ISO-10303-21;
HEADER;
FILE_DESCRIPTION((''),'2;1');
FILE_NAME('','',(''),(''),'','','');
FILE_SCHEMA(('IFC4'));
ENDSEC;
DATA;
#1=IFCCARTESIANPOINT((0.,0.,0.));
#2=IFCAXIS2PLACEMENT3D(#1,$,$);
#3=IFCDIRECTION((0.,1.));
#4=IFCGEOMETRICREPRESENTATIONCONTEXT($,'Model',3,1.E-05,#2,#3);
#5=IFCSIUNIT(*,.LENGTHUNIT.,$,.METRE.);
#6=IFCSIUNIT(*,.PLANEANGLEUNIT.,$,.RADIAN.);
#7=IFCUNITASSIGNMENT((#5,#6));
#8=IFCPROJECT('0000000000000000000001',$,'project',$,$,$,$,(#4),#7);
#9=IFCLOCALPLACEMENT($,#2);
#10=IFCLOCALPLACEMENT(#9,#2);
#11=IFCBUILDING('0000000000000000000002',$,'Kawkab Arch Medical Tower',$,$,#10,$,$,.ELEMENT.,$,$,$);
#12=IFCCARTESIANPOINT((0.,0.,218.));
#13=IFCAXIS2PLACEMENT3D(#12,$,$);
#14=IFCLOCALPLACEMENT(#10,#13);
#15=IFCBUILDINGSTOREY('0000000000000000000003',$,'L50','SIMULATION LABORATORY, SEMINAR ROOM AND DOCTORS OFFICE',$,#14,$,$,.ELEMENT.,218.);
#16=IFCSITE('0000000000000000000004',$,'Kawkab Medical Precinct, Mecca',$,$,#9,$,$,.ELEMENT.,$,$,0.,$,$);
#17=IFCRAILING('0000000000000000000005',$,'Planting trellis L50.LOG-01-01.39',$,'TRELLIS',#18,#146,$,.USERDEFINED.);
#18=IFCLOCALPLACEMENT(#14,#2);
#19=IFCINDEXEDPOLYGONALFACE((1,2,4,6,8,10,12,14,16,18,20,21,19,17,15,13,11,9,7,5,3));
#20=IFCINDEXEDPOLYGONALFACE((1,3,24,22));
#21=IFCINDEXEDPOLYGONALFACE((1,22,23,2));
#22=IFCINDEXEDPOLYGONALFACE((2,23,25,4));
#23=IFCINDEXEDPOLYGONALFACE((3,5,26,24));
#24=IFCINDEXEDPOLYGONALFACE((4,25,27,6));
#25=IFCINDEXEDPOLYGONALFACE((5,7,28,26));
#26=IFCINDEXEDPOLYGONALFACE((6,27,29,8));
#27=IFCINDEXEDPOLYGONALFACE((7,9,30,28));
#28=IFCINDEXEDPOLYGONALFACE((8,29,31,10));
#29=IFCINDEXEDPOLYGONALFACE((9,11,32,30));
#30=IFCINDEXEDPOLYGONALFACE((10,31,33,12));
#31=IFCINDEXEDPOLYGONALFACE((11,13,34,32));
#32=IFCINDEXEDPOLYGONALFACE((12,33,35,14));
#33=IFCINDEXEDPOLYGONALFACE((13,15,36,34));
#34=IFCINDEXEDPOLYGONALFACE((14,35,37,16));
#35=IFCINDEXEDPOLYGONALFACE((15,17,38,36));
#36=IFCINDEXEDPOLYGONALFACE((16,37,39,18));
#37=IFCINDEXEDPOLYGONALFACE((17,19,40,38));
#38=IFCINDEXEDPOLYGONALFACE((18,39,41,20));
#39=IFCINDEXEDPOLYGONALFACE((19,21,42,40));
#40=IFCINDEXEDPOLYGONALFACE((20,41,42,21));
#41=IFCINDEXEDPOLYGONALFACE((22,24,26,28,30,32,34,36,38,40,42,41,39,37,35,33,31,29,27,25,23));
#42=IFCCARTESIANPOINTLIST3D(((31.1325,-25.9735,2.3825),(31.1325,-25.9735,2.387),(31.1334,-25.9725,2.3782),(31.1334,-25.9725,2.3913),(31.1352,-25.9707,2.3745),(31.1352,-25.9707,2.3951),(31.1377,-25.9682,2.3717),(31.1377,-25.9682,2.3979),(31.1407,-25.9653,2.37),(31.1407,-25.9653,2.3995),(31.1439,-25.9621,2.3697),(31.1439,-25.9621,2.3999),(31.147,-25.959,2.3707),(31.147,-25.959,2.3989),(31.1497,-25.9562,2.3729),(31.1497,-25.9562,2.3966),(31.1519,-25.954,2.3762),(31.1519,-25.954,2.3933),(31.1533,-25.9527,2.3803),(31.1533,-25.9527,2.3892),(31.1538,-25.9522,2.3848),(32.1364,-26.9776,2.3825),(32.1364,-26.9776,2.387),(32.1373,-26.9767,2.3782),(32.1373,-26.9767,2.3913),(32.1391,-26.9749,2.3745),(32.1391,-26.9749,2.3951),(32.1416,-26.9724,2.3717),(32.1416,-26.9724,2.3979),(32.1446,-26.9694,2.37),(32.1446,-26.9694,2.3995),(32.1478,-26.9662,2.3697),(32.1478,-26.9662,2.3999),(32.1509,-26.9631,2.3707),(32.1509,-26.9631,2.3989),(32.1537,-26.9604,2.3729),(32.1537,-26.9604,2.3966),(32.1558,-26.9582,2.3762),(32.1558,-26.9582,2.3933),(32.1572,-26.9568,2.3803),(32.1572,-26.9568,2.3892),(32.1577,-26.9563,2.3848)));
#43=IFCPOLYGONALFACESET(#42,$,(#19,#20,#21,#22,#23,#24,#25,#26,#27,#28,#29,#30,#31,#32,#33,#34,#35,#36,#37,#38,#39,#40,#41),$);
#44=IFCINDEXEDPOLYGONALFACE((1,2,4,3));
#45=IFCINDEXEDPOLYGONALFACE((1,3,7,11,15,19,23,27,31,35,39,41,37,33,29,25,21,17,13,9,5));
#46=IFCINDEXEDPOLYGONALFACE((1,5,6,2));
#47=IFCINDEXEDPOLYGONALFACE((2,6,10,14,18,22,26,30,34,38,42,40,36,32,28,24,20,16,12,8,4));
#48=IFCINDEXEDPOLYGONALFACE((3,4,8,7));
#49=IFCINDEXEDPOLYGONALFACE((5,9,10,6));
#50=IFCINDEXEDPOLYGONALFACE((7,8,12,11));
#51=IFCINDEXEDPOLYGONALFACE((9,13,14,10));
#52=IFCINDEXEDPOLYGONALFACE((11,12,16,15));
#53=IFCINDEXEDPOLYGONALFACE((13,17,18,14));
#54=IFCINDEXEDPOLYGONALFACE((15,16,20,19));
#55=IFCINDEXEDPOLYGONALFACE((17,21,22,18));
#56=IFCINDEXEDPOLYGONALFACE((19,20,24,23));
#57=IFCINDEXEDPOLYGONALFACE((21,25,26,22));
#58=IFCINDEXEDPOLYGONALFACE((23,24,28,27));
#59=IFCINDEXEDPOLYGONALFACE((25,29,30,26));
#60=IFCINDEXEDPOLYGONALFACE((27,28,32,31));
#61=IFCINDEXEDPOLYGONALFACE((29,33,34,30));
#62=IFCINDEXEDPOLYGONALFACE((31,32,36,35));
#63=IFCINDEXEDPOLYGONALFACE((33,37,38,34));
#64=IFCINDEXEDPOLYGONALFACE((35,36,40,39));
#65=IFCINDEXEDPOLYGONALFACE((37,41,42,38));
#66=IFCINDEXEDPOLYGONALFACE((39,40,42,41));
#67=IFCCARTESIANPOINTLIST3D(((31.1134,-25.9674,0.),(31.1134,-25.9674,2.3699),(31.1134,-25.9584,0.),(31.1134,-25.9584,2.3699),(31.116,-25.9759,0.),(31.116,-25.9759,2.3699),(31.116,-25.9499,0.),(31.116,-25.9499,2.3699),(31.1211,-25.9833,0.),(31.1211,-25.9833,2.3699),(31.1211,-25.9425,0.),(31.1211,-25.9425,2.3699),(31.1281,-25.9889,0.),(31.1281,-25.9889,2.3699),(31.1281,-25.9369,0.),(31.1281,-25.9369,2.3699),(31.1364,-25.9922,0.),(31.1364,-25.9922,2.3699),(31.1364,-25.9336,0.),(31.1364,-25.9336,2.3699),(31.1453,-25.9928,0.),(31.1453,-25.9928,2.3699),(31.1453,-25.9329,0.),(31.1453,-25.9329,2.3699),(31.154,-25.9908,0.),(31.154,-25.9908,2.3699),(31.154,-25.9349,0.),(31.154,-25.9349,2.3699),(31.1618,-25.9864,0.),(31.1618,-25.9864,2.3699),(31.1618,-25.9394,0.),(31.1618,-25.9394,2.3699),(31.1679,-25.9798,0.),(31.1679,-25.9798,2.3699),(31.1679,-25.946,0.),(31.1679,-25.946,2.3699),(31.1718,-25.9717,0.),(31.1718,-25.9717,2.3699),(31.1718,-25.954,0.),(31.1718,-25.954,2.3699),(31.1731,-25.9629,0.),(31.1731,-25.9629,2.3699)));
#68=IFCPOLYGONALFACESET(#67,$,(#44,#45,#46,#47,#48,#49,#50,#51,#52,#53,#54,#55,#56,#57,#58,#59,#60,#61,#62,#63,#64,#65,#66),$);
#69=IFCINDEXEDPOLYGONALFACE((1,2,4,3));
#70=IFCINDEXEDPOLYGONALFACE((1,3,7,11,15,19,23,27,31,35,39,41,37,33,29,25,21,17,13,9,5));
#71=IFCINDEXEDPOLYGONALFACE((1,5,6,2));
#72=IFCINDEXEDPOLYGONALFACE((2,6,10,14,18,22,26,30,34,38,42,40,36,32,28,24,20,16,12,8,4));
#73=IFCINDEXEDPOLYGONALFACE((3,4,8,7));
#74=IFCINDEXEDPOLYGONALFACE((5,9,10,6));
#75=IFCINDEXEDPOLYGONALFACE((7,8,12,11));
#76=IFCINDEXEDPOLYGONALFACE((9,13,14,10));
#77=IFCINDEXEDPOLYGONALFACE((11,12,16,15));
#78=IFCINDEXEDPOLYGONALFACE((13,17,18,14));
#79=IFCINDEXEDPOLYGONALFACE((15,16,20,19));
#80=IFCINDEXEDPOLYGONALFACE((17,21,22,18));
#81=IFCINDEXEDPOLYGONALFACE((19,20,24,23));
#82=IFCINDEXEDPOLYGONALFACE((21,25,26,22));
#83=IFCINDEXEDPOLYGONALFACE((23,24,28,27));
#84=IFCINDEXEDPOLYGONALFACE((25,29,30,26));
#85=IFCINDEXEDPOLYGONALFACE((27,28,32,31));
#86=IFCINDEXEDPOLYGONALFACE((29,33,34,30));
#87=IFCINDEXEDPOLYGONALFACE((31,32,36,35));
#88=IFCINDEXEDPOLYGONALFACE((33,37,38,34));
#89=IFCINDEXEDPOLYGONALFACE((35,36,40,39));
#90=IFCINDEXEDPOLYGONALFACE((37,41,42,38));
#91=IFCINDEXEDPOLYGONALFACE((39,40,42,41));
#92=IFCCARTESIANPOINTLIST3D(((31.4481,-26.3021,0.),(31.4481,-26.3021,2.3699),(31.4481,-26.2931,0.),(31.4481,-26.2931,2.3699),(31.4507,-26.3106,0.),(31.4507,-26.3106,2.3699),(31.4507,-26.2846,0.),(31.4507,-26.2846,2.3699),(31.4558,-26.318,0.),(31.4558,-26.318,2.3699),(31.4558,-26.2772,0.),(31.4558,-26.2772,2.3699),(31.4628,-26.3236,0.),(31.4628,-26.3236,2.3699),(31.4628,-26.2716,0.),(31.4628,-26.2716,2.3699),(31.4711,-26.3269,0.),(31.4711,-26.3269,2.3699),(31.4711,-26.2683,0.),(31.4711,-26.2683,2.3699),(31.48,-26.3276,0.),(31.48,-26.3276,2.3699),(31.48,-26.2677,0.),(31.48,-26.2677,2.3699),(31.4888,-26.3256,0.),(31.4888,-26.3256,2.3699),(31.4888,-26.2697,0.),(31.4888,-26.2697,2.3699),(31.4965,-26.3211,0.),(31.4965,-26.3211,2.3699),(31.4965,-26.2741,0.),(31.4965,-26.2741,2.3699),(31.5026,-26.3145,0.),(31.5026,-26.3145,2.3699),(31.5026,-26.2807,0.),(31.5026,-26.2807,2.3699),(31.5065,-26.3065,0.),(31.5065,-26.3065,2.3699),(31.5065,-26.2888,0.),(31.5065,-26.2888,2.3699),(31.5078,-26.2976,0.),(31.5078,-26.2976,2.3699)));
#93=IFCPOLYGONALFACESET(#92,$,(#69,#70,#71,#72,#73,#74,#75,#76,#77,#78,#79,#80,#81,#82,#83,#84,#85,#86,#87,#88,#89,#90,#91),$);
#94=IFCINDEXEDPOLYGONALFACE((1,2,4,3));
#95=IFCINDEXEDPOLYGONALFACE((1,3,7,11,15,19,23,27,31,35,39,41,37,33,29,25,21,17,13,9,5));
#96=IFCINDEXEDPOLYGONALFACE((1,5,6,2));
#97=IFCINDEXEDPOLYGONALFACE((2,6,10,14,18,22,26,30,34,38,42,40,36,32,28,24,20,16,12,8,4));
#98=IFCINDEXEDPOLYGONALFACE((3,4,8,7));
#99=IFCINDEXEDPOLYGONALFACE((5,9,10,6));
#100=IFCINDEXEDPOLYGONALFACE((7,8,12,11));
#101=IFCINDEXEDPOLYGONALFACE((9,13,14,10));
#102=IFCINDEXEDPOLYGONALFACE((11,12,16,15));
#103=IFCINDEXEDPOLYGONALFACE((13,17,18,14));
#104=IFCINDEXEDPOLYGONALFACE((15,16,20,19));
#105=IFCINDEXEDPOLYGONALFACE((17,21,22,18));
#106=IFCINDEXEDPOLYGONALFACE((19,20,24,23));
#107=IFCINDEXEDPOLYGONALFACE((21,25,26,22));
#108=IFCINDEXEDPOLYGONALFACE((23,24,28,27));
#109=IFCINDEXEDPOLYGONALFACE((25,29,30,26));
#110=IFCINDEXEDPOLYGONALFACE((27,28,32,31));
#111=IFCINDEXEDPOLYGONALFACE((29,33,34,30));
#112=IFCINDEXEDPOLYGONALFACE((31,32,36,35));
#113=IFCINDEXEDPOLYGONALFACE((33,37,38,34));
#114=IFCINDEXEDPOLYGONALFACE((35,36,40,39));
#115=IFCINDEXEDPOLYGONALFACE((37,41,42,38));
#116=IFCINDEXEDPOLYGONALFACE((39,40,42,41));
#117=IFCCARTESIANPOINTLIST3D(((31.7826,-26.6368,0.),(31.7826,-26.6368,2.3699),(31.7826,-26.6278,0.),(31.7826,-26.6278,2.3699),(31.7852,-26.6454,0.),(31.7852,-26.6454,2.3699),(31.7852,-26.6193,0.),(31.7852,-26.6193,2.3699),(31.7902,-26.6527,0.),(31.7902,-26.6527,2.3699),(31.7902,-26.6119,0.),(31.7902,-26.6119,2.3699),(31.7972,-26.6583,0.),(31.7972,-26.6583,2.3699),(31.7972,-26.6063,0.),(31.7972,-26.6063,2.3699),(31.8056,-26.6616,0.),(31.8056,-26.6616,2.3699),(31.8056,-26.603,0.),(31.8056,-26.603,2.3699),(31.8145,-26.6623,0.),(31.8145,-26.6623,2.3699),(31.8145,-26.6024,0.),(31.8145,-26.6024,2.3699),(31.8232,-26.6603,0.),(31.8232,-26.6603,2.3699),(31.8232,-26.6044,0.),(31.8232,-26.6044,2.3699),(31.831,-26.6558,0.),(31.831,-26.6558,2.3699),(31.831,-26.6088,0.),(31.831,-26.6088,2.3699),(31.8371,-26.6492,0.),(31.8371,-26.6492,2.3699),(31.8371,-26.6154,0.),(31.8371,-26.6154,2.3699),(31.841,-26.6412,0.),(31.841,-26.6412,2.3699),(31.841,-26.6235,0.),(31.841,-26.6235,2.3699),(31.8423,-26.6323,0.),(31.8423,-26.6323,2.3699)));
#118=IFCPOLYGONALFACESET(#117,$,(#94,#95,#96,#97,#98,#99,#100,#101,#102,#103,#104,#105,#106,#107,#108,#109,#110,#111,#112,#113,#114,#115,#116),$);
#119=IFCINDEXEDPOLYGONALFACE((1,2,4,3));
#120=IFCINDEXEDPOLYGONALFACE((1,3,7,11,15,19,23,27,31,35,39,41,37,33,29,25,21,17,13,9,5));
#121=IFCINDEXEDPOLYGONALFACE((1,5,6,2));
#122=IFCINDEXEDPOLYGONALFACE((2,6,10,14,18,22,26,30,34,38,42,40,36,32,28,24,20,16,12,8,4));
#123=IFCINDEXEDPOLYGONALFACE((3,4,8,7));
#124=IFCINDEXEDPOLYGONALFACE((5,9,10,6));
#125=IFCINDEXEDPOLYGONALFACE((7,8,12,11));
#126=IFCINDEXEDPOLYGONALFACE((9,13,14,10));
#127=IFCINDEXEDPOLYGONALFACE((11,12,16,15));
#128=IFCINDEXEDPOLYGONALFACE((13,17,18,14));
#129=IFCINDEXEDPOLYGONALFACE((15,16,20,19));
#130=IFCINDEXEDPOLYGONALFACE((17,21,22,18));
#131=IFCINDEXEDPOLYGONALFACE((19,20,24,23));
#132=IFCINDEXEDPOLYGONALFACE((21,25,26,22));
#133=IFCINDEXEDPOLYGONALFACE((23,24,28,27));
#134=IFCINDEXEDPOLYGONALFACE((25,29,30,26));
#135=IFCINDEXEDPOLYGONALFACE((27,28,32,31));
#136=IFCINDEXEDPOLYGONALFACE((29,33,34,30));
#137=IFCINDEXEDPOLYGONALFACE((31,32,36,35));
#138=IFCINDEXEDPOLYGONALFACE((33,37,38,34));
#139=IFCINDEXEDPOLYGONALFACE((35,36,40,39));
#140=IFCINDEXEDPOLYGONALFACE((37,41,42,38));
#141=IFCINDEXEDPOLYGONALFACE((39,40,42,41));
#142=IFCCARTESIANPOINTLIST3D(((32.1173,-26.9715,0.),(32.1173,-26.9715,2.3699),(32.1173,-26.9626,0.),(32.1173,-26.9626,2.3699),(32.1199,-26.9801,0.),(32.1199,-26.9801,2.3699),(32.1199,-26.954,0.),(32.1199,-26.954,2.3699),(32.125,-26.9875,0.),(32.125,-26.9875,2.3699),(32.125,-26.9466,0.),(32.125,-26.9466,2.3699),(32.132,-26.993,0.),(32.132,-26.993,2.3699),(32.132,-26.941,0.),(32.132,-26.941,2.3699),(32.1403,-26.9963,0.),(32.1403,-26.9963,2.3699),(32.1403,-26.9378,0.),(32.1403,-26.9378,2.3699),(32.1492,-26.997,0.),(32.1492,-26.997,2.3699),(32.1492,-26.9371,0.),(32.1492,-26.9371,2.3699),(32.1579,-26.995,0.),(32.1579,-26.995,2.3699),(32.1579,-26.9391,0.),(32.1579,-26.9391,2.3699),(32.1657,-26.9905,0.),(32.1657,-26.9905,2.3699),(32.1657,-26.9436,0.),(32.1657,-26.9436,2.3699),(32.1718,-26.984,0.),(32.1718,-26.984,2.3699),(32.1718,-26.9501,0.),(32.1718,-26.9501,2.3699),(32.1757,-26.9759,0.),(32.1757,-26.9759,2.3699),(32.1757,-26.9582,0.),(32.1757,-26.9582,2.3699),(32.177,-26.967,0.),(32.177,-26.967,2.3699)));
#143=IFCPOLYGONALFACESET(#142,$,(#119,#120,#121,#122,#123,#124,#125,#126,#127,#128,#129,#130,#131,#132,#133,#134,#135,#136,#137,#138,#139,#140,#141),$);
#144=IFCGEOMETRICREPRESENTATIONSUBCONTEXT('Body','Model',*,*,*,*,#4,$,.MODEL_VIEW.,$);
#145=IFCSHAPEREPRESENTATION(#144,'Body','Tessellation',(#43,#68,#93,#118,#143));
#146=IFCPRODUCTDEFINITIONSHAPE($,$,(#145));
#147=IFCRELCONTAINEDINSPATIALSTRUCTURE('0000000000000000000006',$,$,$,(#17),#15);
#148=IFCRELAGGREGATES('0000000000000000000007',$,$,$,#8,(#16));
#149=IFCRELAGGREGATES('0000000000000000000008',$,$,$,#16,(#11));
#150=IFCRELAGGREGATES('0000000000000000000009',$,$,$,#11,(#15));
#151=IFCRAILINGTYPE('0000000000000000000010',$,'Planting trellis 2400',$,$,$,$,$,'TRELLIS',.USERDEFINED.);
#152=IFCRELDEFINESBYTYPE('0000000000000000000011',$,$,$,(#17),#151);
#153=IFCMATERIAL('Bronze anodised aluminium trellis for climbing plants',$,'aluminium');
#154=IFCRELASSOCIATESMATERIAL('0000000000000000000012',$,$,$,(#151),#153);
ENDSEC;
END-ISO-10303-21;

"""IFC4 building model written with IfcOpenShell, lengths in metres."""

from ifc_helpers import new_model, si_unit, direction, frame, origin, origin_2d, place, context, subcontext, project, spatial, circle, extrude, material, type_object, element, save


model = new_model("IFC4")

# Units and contexts
model_context = context("Model", 3, precision=1e-05, world=origin(), true_north=direction((0.0, 1.0)))
body_context = subcontext(model_context, "Body", "Model", "MODEL_VIEW")
ifc_project = project(units=[si_unit("LENGTHUNIT", "METRE"), si_unit("PLANEANGLEUNIT", "RADIAN")], contexts=[model_context])

# Site, building, storey
site_placement = place(None, origin())
site = spatial("IfcSite", under=ifc_project, at=site_placement, Name="Kawkab Medical Precinct, Mecca", CompositionType="ELEMENT", RefElevation=0.0)
building_placement = place(site_placement, origin())
building = spatial("IfcBuilding", under=site, at=building_placement, Name="Kawkab Arch Medical Tower", CompositionType="ELEMENT")
storey_placement = place(building_placement, frame((0.0, 0.0, 218.0)))
storey = spatial("IfcBuildingStorey", under=building, at=storey_placement, Name="L50", Description="SIMULATION LABORATORY, SEMINAR ROOM AND DOCTORS OFFICE", CompositionType="ELEMENT", Elevation=218.0)

# Railing
ifc_material_1 = material(Name="Bronze anodised aluminium trellis for climbing plants", Category="aluminium")
railing_type_1 = type_object("IfcRailingType", Name="Planting trellis 2400", ElementType="TRELLIS", PredefinedType="USERDEFINED", material=ifc_material_1)
railing_1_placement = place(storey_placement, frame((31.1431, -25.9629, 0.0)))
element("IfcRailing", 1, at=railing_1_placement, inside=storey, type_object=railing_type_1, Name="Planting trellis L50.LOG-01-01.39", ObjectType="TRELLIS", PredefinedType="USERDEFINED", context=body_context, shape_type="SweptSolid", body=[
    extrude(circle(Radius=0.0151, at=origin_2d()), frame((0.0, 0.0, 2.3848), z_axis=(0.707021, -0.707193, 0.0), x_axis=(0.707193, 0.707021, 0.0)), (0.0, 0.0, 1.0), 1.4199),
    extrude(circle(Radius=0.03, at=origin_2d()), origin(), (0.0, 0.0, 1.0), 2.3699),
    extrude(circle(Radius=0.03, at=origin_2d()), frame((0.3347, -0.3347, 0.0)), (0.0, 0.0, 1.0), 2.3699),
    extrude(circle(Radius=0.03, at=origin_2d()), frame((0.6692, -0.6694, 0.0)), (0.0, 0.0, 1.0), 2.3699),
    extrude(circle(Radius=0.03, at=origin_2d()), frame((1.0039, -1.0042, 0.0)), (0.0, 0.0, 1.0), 2.3699),
])

save(model, "model.ifc")
